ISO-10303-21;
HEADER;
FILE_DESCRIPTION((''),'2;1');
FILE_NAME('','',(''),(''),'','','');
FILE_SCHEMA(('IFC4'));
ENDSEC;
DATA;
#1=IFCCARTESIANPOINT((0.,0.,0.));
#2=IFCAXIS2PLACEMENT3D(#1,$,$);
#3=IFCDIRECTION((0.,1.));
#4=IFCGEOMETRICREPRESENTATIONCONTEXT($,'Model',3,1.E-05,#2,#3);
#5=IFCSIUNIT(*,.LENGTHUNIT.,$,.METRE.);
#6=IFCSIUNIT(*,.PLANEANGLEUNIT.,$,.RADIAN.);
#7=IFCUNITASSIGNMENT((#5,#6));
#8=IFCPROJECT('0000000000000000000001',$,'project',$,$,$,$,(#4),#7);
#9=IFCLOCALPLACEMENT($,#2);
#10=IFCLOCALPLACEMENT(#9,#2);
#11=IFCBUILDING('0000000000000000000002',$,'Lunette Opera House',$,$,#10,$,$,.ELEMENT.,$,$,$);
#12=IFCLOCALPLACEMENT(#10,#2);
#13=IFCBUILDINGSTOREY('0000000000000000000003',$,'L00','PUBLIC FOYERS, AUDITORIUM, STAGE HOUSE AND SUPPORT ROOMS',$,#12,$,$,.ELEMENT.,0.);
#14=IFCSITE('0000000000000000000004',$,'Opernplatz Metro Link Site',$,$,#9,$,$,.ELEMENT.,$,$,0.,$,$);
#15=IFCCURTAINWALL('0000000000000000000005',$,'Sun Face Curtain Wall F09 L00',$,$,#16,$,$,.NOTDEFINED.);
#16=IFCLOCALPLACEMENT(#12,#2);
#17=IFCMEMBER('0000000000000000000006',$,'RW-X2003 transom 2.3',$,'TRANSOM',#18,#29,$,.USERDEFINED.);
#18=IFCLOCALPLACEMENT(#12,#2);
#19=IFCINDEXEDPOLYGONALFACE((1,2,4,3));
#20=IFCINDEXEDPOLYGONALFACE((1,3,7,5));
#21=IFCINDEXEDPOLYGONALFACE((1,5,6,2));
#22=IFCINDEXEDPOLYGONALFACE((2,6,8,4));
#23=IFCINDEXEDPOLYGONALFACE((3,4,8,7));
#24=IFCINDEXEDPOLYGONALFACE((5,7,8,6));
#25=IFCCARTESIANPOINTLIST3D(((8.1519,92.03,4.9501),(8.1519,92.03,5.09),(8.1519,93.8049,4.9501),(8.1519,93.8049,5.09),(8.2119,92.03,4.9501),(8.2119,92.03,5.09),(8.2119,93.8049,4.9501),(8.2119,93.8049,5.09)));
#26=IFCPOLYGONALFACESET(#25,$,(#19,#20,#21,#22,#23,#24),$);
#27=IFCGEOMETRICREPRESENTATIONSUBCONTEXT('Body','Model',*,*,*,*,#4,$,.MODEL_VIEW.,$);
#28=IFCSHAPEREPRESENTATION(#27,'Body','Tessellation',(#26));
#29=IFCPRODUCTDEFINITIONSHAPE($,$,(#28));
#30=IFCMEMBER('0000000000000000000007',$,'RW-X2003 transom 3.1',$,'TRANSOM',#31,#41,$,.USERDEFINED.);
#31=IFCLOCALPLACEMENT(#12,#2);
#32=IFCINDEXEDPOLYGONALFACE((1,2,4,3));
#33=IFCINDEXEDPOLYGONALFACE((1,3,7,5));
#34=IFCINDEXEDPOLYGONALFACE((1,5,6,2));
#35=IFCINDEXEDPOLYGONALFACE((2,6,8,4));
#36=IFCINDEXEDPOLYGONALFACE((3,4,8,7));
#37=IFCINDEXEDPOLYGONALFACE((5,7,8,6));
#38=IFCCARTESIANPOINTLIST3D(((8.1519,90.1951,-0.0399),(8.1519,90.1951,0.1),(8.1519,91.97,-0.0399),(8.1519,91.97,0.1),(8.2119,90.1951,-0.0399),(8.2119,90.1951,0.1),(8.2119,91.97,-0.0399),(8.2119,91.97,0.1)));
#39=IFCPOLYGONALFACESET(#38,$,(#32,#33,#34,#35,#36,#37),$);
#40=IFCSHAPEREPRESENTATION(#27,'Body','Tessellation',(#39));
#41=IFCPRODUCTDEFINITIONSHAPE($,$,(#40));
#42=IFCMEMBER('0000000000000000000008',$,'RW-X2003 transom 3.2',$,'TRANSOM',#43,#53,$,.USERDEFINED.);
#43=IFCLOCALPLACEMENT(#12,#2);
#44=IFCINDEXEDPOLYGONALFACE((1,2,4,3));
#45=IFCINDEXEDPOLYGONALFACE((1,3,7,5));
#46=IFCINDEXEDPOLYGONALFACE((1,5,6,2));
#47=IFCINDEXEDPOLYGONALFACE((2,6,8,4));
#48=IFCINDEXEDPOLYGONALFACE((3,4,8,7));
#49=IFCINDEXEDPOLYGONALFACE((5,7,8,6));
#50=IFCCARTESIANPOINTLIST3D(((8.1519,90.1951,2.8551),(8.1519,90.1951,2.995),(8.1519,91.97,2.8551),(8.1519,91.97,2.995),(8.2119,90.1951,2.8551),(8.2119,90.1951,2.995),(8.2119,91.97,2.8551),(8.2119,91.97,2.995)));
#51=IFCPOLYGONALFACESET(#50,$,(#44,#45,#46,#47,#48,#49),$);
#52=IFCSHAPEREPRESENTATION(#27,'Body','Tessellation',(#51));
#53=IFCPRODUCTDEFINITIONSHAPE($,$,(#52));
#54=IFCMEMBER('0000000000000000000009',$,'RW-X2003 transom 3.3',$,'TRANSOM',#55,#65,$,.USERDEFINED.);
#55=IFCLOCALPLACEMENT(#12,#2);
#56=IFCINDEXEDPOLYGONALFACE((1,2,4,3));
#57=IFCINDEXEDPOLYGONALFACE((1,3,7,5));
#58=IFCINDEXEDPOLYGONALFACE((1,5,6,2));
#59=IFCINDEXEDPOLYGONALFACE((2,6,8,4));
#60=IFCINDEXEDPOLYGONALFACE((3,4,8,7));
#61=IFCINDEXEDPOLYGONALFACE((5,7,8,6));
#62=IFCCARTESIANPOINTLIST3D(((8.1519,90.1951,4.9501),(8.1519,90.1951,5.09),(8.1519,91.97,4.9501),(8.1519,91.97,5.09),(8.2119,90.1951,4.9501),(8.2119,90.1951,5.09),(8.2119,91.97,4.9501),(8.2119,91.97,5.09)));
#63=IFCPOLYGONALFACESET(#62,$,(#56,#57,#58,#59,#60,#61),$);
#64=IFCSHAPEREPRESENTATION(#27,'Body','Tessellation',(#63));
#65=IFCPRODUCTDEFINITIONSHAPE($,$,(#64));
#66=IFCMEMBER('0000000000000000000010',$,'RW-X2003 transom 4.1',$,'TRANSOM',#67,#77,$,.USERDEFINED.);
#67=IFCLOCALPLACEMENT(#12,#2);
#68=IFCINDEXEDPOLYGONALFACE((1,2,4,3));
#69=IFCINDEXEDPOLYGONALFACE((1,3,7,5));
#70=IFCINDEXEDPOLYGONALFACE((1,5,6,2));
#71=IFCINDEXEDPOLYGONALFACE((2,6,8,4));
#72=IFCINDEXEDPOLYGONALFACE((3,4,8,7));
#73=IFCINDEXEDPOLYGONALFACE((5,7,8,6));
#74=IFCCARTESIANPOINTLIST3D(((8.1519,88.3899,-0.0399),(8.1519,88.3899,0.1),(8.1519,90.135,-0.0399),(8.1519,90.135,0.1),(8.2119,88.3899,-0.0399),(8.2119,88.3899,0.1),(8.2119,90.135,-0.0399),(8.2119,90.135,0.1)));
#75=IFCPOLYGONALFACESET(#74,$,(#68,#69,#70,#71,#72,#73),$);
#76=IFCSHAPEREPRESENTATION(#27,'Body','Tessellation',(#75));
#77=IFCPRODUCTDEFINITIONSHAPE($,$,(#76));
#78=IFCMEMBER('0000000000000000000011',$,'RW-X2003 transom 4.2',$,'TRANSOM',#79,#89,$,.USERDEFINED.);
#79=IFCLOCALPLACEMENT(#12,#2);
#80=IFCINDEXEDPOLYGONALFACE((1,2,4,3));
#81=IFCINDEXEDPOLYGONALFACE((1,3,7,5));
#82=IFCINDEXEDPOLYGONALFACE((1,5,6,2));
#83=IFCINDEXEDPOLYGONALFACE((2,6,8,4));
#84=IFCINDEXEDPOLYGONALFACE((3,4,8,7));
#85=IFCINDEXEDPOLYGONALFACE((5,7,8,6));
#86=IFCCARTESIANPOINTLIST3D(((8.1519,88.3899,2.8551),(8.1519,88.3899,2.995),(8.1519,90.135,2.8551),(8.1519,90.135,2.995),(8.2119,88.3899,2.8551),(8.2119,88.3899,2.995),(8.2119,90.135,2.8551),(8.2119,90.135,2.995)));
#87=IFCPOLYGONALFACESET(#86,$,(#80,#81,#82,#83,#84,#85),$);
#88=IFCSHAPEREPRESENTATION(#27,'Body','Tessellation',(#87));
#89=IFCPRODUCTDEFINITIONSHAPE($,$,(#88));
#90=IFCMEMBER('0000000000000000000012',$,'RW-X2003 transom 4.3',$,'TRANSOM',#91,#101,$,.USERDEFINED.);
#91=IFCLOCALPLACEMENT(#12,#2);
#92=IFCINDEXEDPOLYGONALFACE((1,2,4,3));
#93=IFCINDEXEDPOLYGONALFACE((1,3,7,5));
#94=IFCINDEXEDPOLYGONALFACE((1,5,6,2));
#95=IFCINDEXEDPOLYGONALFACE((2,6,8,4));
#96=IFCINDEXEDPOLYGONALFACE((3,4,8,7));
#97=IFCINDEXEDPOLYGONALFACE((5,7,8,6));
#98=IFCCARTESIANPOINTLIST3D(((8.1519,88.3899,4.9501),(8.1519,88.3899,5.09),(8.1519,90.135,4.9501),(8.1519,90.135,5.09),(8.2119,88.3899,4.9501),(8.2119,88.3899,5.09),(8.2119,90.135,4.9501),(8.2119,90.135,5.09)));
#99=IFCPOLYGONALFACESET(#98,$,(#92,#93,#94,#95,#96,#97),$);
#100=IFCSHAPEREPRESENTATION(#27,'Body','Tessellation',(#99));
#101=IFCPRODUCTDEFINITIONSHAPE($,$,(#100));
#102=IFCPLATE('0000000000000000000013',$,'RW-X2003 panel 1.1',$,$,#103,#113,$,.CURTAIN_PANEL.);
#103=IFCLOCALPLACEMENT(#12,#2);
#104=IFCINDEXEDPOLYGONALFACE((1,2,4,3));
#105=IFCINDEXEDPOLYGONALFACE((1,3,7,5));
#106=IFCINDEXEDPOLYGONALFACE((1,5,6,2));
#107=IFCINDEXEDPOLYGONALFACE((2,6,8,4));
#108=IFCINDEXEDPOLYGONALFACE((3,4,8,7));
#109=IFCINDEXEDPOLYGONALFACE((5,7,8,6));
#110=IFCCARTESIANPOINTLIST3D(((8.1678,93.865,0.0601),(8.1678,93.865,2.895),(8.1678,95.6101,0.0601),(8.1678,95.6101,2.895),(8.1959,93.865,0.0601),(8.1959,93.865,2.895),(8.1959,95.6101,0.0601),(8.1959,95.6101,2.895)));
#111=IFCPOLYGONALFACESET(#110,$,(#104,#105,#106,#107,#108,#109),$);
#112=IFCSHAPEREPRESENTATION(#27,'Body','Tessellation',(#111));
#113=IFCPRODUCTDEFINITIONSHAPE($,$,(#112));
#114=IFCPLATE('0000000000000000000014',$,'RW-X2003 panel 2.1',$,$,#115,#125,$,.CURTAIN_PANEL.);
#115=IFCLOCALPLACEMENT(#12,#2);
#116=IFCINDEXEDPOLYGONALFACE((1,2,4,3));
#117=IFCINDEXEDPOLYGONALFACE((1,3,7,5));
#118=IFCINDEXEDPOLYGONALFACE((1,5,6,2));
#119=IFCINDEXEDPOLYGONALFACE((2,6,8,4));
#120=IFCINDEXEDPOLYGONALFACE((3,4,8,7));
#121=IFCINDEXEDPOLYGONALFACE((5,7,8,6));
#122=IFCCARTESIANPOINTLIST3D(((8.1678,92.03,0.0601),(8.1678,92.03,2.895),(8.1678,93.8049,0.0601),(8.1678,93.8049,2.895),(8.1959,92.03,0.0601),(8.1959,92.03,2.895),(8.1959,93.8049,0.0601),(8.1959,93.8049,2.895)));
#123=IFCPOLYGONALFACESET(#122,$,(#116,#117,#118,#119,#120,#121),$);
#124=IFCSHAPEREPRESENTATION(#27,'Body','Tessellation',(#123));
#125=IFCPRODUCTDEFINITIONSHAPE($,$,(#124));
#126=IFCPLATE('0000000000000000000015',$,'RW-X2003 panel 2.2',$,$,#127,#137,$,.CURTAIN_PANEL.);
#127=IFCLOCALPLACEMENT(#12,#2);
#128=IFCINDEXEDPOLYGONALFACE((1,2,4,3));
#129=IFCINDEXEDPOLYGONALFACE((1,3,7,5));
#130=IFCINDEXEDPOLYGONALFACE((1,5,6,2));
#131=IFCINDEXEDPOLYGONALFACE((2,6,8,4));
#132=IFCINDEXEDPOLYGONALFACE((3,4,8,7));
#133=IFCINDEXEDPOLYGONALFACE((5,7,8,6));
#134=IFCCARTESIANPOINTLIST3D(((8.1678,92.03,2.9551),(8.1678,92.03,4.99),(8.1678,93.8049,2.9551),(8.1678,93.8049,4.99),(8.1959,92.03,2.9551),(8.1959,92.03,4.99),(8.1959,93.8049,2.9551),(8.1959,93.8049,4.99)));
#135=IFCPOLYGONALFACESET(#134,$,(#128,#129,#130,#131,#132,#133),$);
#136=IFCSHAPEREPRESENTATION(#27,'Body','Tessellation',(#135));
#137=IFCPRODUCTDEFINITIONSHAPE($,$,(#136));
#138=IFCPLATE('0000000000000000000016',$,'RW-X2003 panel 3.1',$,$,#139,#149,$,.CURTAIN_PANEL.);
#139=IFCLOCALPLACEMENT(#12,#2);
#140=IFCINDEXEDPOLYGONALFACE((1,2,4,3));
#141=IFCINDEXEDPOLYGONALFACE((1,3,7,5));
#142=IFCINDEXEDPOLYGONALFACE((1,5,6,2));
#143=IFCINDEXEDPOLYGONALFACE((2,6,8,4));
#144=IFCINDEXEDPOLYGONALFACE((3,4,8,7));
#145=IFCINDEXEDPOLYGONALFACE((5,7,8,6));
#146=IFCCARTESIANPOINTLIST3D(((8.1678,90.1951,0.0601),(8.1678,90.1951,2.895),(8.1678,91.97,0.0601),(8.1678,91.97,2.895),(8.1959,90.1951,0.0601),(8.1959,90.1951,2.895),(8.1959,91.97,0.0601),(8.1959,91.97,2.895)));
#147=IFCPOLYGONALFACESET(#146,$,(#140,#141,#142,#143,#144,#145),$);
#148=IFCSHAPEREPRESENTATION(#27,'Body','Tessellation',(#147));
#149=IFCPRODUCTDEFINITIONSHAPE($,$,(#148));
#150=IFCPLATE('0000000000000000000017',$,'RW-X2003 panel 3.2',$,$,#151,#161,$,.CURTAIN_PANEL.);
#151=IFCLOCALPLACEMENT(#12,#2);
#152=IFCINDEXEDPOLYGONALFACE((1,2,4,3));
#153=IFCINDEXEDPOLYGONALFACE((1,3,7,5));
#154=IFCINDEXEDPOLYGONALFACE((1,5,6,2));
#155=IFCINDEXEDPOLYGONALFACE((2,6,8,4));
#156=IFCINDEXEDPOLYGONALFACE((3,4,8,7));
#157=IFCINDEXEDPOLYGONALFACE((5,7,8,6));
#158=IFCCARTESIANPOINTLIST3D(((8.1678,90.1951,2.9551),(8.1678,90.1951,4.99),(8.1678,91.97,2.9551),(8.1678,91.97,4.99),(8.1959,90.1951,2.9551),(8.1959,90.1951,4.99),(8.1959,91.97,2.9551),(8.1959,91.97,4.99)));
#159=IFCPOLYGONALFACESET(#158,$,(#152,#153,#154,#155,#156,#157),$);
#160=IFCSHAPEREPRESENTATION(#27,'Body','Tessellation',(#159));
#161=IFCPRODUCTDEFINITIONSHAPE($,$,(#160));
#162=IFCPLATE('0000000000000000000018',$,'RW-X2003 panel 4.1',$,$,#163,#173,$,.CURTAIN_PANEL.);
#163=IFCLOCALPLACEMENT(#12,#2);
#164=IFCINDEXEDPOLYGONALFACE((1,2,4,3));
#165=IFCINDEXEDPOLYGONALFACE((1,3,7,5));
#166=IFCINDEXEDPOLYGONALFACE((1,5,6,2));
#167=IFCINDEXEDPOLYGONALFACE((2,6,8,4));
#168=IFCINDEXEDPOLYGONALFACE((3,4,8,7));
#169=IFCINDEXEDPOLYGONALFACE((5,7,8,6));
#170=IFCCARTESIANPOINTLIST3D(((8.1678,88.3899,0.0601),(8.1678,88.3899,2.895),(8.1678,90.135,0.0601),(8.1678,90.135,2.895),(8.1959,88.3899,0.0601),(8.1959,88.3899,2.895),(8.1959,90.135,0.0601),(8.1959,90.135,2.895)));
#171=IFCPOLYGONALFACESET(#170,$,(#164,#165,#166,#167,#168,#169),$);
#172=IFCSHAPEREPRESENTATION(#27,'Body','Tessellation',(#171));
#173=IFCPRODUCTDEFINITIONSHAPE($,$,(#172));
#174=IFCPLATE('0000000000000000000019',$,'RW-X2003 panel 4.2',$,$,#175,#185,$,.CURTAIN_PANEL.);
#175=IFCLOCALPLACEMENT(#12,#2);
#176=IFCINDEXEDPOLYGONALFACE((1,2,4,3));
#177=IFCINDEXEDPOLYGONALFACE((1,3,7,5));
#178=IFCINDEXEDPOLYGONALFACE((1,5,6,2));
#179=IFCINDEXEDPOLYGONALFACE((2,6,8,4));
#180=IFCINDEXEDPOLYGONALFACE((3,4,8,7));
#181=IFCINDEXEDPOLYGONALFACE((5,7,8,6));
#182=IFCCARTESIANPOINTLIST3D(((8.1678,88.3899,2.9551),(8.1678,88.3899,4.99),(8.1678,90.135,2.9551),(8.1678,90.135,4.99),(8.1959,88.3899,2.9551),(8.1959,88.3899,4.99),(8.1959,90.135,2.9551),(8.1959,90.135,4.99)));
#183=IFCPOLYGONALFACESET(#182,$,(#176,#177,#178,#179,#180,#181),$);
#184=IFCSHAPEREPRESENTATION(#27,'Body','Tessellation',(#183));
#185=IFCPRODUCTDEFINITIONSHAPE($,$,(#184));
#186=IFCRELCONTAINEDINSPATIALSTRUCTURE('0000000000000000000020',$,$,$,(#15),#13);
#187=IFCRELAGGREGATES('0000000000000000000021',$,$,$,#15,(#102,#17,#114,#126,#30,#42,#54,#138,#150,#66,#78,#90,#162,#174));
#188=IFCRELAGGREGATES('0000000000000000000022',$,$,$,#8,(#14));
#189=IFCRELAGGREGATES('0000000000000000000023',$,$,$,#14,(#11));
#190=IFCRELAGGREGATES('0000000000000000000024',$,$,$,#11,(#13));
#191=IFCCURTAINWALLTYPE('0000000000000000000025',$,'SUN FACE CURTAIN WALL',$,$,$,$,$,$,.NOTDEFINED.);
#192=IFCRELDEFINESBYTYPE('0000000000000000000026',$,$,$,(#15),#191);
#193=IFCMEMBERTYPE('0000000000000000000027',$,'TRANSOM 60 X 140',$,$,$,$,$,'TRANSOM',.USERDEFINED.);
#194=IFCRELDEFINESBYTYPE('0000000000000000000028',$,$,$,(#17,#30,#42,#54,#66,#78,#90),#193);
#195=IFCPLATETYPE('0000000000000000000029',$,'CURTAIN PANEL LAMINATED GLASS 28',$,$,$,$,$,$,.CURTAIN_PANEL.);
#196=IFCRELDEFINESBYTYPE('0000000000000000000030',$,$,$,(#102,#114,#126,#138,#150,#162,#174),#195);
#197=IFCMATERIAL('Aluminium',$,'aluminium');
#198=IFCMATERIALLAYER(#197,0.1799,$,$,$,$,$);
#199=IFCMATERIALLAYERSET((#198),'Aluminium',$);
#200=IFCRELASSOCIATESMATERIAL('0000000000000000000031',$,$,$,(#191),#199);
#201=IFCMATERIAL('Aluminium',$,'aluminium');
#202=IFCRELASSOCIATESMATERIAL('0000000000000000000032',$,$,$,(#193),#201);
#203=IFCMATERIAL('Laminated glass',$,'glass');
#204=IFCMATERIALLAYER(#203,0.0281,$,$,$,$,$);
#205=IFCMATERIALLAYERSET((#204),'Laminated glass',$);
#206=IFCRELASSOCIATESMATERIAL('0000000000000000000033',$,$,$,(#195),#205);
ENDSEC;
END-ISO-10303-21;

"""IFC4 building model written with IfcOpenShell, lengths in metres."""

from ifc_helpers import new_model, si_unit, direction, frame, origin, origin_2d, place, context, subcontext, project, spatial, rectangle, extrude, material, layer, layer_set, material_profile, profile_set, type_object, element, aggregate, save


model = new_model("IFC4")

# Units and contexts
model_context = context("Model", 3, precision=1e-05, world=origin(), true_north=direction((0.0, 1.0)))
body_context = subcontext(model_context, "Body", "Model", "MODEL_VIEW")
ifc_project = project(units=[si_unit("LENGTHUNIT", "METRE"), si_unit("PLANEANGLEUNIT", "RADIAN")], contexts=[model_context])

# Site, building, storey
site_placement = place(None, origin())
site = spatial("IfcSite", under=ifc_project, at=site_placement, Name="Opernplatz Metro Link Site", CompositionType="ELEMENT", RefElevation=0.0)
building_placement = place(site_placement, origin())
building = spatial("IfcBuilding", under=site, at=building_placement, Name="Lunette Opera House", CompositionType="ELEMENT")
storey_placement = place(building_placement, origin())
storey = spatial("IfcBuildingStorey", under=building, at=storey_placement, Name="L00", Description="PUBLIC FOYERS, AUDITORIUM, STAGE HOUSE AND SUPPORT ROOMS", CompositionType="ELEMENT", Elevation=0.0)

# Curtain wall
ifc_material_1 = material(Name="Aluminium", Category="aluminium")
ifc_layer_1 = layer(ifc_material_1, 0.1799)
ifc_layer_set_1 = layer_set([ifc_layer_1], Name="Aluminium")
curtain_wall_type = type_object("IfcCurtainWallType", Name="SUN FACE CURTAIN WALL", PredefinedType="NOTDEFINED", material=ifc_layer_set_1)
curtain_wall_placement = place(storey_placement, origin())
curtain_wall = element("IfcCurtainWall", 1, at=curtain_wall_placement, inside=storey, type_object=curtain_wall_type, Name="Sun Face Curtain Wall F09 L00", PredefinedType="NOTDEFINED")

# Members
ifc_material_2 = material(Name="Aluminium", Category="aluminium")
ifc_material_profile_1 = material_profile(ifc_material_2, rectangle(XDim=0.0601, YDim=0.1399, at=origin_2d()), Name="TRANSOM 60 X 140")
ifc_profile_set_1 = profile_set([ifc_material_profile_1], Name="Aluminium")
member_type_1 = type_object("IfcMemberType", Name="TRANSOM 60 X 140", ElementType="TRANSOM", PredefinedType="USERDEFINED", material=ifc_profile_set_1)
member_1_placement = place(storey_placement, frame((8.1819, 93.8049, 5.02), z_axis=(0.0, -1.0, 0.0), x_axis=(1.0, 0.0, 0.0)))
member_1 = element("IfcMember", 2, at=member_1_placement, type_object=member_type_1, Name="RW-X2003 transom 2.3", ObjectType="TRANSOM", PredefinedType="USERDEFINED", context=body_context, shape_type="SweptSolid", body=[
    extrude(rectangle(XDim=0.0601, YDim=0.1399, at=origin_2d()), origin(), (0.0, 0.0, 1.0), 1.7749),
])
member_2_placement = place(storey_placement, frame((8.1819, 91.97, 0.03), z_axis=(0.0, -1.0, 0.0), x_axis=(1.0, 0.0, 0.0)))
member_2 = element("IfcMember", 3, at=member_2_placement, type_object=member_type_1, Name="RW-X2003 transom 3.1", ObjectType="TRANSOM", PredefinedType="USERDEFINED", context=body_context, shape_type="SweptSolid", body=[
    extrude(rectangle(XDim=0.0601, YDim=0.1399, at=origin_2d()), origin(), (0.0, 0.0, 1.0), 1.7749),
])
member_3_placement = place(storey_placement, frame((8.1819, 91.97, 2.925), z_axis=(0.0, -1.0, 0.0), x_axis=(1.0, 0.0, 0.0)))
member_3 = element("IfcMember", 4, at=member_3_placement, type_object=member_type_1, Name="RW-X2003 transom 3.2", ObjectType="TRANSOM", PredefinedType="USERDEFINED", context=body_context, shape_type="SweptSolid", body=[
    extrude(rectangle(XDim=0.0601, YDim=0.1399, at=origin_2d()), origin(), (0.0, 0.0, 1.0), 1.7749),
])
member_4_placement = place(storey_placement, frame((8.1819, 91.97, 5.02), z_axis=(0.0, -1.0, 0.0), x_axis=(1.0, 0.0, 0.0)))
member_4 = element("IfcMember", 5, at=member_4_placement, type_object=member_type_1, Name="RW-X2003 transom 3.3", ObjectType="TRANSOM", PredefinedType="USERDEFINED", context=body_context, shape_type="SweptSolid", body=[
    extrude(rectangle(XDim=0.0601, YDim=0.1399, at=origin_2d()), origin(), (0.0, 0.0, 1.0), 1.7749),
])
member_5_placement = place(storey_placement, frame((8.1819, 90.135, 0.03), z_axis=(0.0, -1.0, 0.0), x_axis=(1.0, 0.0, 0.0)))
member_5 = element("IfcMember", 6, at=member_5_placement, type_object=member_type_1, Name="RW-X2003 transom 4.1", ObjectType="TRANSOM", PredefinedType="USERDEFINED", context=body_context, shape_type="SweptSolid", body=[
    extrude(rectangle(XDim=0.0601, YDim=0.1399, at=origin_2d()), origin(), (0.0, 0.0, 1.0), 1.7451),
])
member_6_placement = place(storey_placement, frame((8.1819, 90.135, 2.925), z_axis=(0.0, -1.0, 0.0), x_axis=(1.0, 0.0, 0.0)))
member_6 = element("IfcMember", 7, at=member_6_placement, type_object=member_type_1, Name="RW-X2003 transom 4.2", ObjectType="TRANSOM", PredefinedType="USERDEFINED", context=body_context, shape_type="SweptSolid", body=[
    extrude(rectangle(XDim=0.0601, YDim=0.1399, at=origin_2d()), origin(), (0.0, 0.0, 1.0), 1.7451),
])
member_7_placement = place(storey_placement, frame((8.1819, 90.135, 5.02), z_axis=(0.0, -1.0, 0.0), x_axis=(1.0, 0.0, 0.0)))
member_7 = element("IfcMember", 8, at=member_7_placement, type_object=member_type_1, Name="RW-X2003 transom 4.3", ObjectType="TRANSOM", PredefinedType="USERDEFINED", context=body_context, shape_type="SweptSolid", body=[
    extrude(rectangle(XDim=0.0601, YDim=0.1399, at=origin_2d()), origin(), (0.0, 0.0, 1.0), 1.7451),
])

# Plates
ifc_material_3 = material(Name="Laminated glass", Category="glass")
ifc_layer_2 = layer(ifc_material_3, 0.0281)
ifc_layer_set_2 = layer_set([ifc_layer_2], Name="Laminated glass")
plate_type = type_object("IfcPlateType", Name="CURTAIN PANEL LAMINATED GLASS 28", PredefinedType="CURTAIN_PANEL", material=ifc_layer_set_2)
plate_1_placement = place(storey_placement, frame((8.1819, 94.7375, 0.0601), z_axis=(0.0, 0.0, 1.0), x_axis=(0.0, -1.0, 0.0)))
plate_1 = element("IfcPlate", 9, at=plate_1_placement, type_object=plate_type, Name="RW-X2003 panel 1.1", PredefinedType="CURTAIN_PANEL", context=body_context, shape_type="SweptSolid", body=[
    extrude(rectangle(XDim=1.7451, YDim=0.0281, at=origin_2d()), origin(), (0.0, 0.0, 1.0), 2.835),
])
plate_2_placement = place(storey_placement, frame((8.1819, 92.9175, 0.0601), z_axis=(0.0, 0.0, 1.0), x_axis=(0.0, -1.0, 0.0)))
plate_2 = element("IfcPlate", 10, at=plate_2_placement, type_object=plate_type, Name="RW-X2003 panel 2.1", PredefinedType="CURTAIN_PANEL", context=body_context, shape_type="SweptSolid", body=[
    extrude(rectangle(XDim=1.7749, YDim=0.0281, at=origin_2d()), origin(), (0.0, 0.0, 1.0), 2.835),
])
plate_3_placement = place(storey_placement, frame((8.1819, 92.9175, 2.9551), z_axis=(0.0, 0.0, 1.0), x_axis=(0.0, -1.0, 0.0)))
plate_3 = element("IfcPlate", 11, at=plate_3_placement, type_object=plate_type, Name="RW-X2003 panel 2.2", PredefinedType="CURTAIN_PANEL", context=body_context, shape_type="SweptSolid", body=[
    extrude(rectangle(XDim=1.7749, YDim=0.0281, at=origin_2d()), origin(), (0.0, 0.0, 1.0), 2.0349),
])
plate_4_placement = place(storey_placement, frame((8.1819, 91.0825, 0.0601), z_axis=(0.0, 0.0, 1.0), x_axis=(0.0, -1.0, 0.0)))
plate_4 = element("IfcPlate", 12, at=plate_4_placement, type_object=plate_type, Name="RW-X2003 panel 3.1", PredefinedType="CURTAIN_PANEL", context=body_context, shape_type="SweptSolid", body=[
    extrude(rectangle(XDim=1.7749, YDim=0.0281, at=origin_2d()), origin(), (0.0, 0.0, 1.0), 2.835),
])
plate_5_placement = place(storey_placement, frame((8.1819, 91.0825, 2.9551), z_axis=(0.0, 0.0, 1.0), x_axis=(0.0, -1.0, 0.0)))
plate_5 = element("IfcPlate", 13, at=plate_5_placement, type_object=plate_type, Name="RW-X2003 panel 3.2", PredefinedType="CURTAIN_PANEL", context=body_context, shape_type="SweptSolid", body=[
    extrude(rectangle(XDim=1.7749, YDim=0.0281, at=origin_2d()), origin(), (0.0, 0.0, 1.0), 2.0349),
])
plate_6_placement = place(storey_placement, frame((8.1819, 89.2625, 0.0601), z_axis=(0.0, 0.0, 1.0), x_axis=(0.0, -1.0, 0.0)))
plate_6 = element("IfcPlate", 14, at=plate_6_placement, type_object=plate_type, Name="RW-X2003 panel 4.1", PredefinedType="CURTAIN_PANEL", context=body_context, shape_type="SweptSolid", body=[
    extrude(rectangle(XDim=1.7451, YDim=0.0281, at=origin_2d()), origin(), (0.0, 0.0, 1.0), 2.835),
])
plate_7_placement = place(storey_placement, frame((8.1819, 89.2625, 2.9551), z_axis=(0.0, 0.0, 1.0), x_axis=(0.0, -1.0, 0.0)))
plate_7 = element("IfcPlate", 15, at=plate_7_placement, type_object=plate_type, Name="RW-X2003 panel 4.2", PredefinedType="CURTAIN_PANEL", context=body_context, shape_type="SweptSolid", body=[
    extrude(rectangle(XDim=1.7451, YDim=0.0281, at=origin_2d()), origin(), (0.0, 0.0, 1.0), 2.0349),
])
aggregate(curtain_wall, [plate_1, member_1, plate_2, plate_3, member_2, member_3, member_4, plate_4, plate_5, member_5, member_6, member_7, plate_6, plate_7])

save(model, "model.ifc")
